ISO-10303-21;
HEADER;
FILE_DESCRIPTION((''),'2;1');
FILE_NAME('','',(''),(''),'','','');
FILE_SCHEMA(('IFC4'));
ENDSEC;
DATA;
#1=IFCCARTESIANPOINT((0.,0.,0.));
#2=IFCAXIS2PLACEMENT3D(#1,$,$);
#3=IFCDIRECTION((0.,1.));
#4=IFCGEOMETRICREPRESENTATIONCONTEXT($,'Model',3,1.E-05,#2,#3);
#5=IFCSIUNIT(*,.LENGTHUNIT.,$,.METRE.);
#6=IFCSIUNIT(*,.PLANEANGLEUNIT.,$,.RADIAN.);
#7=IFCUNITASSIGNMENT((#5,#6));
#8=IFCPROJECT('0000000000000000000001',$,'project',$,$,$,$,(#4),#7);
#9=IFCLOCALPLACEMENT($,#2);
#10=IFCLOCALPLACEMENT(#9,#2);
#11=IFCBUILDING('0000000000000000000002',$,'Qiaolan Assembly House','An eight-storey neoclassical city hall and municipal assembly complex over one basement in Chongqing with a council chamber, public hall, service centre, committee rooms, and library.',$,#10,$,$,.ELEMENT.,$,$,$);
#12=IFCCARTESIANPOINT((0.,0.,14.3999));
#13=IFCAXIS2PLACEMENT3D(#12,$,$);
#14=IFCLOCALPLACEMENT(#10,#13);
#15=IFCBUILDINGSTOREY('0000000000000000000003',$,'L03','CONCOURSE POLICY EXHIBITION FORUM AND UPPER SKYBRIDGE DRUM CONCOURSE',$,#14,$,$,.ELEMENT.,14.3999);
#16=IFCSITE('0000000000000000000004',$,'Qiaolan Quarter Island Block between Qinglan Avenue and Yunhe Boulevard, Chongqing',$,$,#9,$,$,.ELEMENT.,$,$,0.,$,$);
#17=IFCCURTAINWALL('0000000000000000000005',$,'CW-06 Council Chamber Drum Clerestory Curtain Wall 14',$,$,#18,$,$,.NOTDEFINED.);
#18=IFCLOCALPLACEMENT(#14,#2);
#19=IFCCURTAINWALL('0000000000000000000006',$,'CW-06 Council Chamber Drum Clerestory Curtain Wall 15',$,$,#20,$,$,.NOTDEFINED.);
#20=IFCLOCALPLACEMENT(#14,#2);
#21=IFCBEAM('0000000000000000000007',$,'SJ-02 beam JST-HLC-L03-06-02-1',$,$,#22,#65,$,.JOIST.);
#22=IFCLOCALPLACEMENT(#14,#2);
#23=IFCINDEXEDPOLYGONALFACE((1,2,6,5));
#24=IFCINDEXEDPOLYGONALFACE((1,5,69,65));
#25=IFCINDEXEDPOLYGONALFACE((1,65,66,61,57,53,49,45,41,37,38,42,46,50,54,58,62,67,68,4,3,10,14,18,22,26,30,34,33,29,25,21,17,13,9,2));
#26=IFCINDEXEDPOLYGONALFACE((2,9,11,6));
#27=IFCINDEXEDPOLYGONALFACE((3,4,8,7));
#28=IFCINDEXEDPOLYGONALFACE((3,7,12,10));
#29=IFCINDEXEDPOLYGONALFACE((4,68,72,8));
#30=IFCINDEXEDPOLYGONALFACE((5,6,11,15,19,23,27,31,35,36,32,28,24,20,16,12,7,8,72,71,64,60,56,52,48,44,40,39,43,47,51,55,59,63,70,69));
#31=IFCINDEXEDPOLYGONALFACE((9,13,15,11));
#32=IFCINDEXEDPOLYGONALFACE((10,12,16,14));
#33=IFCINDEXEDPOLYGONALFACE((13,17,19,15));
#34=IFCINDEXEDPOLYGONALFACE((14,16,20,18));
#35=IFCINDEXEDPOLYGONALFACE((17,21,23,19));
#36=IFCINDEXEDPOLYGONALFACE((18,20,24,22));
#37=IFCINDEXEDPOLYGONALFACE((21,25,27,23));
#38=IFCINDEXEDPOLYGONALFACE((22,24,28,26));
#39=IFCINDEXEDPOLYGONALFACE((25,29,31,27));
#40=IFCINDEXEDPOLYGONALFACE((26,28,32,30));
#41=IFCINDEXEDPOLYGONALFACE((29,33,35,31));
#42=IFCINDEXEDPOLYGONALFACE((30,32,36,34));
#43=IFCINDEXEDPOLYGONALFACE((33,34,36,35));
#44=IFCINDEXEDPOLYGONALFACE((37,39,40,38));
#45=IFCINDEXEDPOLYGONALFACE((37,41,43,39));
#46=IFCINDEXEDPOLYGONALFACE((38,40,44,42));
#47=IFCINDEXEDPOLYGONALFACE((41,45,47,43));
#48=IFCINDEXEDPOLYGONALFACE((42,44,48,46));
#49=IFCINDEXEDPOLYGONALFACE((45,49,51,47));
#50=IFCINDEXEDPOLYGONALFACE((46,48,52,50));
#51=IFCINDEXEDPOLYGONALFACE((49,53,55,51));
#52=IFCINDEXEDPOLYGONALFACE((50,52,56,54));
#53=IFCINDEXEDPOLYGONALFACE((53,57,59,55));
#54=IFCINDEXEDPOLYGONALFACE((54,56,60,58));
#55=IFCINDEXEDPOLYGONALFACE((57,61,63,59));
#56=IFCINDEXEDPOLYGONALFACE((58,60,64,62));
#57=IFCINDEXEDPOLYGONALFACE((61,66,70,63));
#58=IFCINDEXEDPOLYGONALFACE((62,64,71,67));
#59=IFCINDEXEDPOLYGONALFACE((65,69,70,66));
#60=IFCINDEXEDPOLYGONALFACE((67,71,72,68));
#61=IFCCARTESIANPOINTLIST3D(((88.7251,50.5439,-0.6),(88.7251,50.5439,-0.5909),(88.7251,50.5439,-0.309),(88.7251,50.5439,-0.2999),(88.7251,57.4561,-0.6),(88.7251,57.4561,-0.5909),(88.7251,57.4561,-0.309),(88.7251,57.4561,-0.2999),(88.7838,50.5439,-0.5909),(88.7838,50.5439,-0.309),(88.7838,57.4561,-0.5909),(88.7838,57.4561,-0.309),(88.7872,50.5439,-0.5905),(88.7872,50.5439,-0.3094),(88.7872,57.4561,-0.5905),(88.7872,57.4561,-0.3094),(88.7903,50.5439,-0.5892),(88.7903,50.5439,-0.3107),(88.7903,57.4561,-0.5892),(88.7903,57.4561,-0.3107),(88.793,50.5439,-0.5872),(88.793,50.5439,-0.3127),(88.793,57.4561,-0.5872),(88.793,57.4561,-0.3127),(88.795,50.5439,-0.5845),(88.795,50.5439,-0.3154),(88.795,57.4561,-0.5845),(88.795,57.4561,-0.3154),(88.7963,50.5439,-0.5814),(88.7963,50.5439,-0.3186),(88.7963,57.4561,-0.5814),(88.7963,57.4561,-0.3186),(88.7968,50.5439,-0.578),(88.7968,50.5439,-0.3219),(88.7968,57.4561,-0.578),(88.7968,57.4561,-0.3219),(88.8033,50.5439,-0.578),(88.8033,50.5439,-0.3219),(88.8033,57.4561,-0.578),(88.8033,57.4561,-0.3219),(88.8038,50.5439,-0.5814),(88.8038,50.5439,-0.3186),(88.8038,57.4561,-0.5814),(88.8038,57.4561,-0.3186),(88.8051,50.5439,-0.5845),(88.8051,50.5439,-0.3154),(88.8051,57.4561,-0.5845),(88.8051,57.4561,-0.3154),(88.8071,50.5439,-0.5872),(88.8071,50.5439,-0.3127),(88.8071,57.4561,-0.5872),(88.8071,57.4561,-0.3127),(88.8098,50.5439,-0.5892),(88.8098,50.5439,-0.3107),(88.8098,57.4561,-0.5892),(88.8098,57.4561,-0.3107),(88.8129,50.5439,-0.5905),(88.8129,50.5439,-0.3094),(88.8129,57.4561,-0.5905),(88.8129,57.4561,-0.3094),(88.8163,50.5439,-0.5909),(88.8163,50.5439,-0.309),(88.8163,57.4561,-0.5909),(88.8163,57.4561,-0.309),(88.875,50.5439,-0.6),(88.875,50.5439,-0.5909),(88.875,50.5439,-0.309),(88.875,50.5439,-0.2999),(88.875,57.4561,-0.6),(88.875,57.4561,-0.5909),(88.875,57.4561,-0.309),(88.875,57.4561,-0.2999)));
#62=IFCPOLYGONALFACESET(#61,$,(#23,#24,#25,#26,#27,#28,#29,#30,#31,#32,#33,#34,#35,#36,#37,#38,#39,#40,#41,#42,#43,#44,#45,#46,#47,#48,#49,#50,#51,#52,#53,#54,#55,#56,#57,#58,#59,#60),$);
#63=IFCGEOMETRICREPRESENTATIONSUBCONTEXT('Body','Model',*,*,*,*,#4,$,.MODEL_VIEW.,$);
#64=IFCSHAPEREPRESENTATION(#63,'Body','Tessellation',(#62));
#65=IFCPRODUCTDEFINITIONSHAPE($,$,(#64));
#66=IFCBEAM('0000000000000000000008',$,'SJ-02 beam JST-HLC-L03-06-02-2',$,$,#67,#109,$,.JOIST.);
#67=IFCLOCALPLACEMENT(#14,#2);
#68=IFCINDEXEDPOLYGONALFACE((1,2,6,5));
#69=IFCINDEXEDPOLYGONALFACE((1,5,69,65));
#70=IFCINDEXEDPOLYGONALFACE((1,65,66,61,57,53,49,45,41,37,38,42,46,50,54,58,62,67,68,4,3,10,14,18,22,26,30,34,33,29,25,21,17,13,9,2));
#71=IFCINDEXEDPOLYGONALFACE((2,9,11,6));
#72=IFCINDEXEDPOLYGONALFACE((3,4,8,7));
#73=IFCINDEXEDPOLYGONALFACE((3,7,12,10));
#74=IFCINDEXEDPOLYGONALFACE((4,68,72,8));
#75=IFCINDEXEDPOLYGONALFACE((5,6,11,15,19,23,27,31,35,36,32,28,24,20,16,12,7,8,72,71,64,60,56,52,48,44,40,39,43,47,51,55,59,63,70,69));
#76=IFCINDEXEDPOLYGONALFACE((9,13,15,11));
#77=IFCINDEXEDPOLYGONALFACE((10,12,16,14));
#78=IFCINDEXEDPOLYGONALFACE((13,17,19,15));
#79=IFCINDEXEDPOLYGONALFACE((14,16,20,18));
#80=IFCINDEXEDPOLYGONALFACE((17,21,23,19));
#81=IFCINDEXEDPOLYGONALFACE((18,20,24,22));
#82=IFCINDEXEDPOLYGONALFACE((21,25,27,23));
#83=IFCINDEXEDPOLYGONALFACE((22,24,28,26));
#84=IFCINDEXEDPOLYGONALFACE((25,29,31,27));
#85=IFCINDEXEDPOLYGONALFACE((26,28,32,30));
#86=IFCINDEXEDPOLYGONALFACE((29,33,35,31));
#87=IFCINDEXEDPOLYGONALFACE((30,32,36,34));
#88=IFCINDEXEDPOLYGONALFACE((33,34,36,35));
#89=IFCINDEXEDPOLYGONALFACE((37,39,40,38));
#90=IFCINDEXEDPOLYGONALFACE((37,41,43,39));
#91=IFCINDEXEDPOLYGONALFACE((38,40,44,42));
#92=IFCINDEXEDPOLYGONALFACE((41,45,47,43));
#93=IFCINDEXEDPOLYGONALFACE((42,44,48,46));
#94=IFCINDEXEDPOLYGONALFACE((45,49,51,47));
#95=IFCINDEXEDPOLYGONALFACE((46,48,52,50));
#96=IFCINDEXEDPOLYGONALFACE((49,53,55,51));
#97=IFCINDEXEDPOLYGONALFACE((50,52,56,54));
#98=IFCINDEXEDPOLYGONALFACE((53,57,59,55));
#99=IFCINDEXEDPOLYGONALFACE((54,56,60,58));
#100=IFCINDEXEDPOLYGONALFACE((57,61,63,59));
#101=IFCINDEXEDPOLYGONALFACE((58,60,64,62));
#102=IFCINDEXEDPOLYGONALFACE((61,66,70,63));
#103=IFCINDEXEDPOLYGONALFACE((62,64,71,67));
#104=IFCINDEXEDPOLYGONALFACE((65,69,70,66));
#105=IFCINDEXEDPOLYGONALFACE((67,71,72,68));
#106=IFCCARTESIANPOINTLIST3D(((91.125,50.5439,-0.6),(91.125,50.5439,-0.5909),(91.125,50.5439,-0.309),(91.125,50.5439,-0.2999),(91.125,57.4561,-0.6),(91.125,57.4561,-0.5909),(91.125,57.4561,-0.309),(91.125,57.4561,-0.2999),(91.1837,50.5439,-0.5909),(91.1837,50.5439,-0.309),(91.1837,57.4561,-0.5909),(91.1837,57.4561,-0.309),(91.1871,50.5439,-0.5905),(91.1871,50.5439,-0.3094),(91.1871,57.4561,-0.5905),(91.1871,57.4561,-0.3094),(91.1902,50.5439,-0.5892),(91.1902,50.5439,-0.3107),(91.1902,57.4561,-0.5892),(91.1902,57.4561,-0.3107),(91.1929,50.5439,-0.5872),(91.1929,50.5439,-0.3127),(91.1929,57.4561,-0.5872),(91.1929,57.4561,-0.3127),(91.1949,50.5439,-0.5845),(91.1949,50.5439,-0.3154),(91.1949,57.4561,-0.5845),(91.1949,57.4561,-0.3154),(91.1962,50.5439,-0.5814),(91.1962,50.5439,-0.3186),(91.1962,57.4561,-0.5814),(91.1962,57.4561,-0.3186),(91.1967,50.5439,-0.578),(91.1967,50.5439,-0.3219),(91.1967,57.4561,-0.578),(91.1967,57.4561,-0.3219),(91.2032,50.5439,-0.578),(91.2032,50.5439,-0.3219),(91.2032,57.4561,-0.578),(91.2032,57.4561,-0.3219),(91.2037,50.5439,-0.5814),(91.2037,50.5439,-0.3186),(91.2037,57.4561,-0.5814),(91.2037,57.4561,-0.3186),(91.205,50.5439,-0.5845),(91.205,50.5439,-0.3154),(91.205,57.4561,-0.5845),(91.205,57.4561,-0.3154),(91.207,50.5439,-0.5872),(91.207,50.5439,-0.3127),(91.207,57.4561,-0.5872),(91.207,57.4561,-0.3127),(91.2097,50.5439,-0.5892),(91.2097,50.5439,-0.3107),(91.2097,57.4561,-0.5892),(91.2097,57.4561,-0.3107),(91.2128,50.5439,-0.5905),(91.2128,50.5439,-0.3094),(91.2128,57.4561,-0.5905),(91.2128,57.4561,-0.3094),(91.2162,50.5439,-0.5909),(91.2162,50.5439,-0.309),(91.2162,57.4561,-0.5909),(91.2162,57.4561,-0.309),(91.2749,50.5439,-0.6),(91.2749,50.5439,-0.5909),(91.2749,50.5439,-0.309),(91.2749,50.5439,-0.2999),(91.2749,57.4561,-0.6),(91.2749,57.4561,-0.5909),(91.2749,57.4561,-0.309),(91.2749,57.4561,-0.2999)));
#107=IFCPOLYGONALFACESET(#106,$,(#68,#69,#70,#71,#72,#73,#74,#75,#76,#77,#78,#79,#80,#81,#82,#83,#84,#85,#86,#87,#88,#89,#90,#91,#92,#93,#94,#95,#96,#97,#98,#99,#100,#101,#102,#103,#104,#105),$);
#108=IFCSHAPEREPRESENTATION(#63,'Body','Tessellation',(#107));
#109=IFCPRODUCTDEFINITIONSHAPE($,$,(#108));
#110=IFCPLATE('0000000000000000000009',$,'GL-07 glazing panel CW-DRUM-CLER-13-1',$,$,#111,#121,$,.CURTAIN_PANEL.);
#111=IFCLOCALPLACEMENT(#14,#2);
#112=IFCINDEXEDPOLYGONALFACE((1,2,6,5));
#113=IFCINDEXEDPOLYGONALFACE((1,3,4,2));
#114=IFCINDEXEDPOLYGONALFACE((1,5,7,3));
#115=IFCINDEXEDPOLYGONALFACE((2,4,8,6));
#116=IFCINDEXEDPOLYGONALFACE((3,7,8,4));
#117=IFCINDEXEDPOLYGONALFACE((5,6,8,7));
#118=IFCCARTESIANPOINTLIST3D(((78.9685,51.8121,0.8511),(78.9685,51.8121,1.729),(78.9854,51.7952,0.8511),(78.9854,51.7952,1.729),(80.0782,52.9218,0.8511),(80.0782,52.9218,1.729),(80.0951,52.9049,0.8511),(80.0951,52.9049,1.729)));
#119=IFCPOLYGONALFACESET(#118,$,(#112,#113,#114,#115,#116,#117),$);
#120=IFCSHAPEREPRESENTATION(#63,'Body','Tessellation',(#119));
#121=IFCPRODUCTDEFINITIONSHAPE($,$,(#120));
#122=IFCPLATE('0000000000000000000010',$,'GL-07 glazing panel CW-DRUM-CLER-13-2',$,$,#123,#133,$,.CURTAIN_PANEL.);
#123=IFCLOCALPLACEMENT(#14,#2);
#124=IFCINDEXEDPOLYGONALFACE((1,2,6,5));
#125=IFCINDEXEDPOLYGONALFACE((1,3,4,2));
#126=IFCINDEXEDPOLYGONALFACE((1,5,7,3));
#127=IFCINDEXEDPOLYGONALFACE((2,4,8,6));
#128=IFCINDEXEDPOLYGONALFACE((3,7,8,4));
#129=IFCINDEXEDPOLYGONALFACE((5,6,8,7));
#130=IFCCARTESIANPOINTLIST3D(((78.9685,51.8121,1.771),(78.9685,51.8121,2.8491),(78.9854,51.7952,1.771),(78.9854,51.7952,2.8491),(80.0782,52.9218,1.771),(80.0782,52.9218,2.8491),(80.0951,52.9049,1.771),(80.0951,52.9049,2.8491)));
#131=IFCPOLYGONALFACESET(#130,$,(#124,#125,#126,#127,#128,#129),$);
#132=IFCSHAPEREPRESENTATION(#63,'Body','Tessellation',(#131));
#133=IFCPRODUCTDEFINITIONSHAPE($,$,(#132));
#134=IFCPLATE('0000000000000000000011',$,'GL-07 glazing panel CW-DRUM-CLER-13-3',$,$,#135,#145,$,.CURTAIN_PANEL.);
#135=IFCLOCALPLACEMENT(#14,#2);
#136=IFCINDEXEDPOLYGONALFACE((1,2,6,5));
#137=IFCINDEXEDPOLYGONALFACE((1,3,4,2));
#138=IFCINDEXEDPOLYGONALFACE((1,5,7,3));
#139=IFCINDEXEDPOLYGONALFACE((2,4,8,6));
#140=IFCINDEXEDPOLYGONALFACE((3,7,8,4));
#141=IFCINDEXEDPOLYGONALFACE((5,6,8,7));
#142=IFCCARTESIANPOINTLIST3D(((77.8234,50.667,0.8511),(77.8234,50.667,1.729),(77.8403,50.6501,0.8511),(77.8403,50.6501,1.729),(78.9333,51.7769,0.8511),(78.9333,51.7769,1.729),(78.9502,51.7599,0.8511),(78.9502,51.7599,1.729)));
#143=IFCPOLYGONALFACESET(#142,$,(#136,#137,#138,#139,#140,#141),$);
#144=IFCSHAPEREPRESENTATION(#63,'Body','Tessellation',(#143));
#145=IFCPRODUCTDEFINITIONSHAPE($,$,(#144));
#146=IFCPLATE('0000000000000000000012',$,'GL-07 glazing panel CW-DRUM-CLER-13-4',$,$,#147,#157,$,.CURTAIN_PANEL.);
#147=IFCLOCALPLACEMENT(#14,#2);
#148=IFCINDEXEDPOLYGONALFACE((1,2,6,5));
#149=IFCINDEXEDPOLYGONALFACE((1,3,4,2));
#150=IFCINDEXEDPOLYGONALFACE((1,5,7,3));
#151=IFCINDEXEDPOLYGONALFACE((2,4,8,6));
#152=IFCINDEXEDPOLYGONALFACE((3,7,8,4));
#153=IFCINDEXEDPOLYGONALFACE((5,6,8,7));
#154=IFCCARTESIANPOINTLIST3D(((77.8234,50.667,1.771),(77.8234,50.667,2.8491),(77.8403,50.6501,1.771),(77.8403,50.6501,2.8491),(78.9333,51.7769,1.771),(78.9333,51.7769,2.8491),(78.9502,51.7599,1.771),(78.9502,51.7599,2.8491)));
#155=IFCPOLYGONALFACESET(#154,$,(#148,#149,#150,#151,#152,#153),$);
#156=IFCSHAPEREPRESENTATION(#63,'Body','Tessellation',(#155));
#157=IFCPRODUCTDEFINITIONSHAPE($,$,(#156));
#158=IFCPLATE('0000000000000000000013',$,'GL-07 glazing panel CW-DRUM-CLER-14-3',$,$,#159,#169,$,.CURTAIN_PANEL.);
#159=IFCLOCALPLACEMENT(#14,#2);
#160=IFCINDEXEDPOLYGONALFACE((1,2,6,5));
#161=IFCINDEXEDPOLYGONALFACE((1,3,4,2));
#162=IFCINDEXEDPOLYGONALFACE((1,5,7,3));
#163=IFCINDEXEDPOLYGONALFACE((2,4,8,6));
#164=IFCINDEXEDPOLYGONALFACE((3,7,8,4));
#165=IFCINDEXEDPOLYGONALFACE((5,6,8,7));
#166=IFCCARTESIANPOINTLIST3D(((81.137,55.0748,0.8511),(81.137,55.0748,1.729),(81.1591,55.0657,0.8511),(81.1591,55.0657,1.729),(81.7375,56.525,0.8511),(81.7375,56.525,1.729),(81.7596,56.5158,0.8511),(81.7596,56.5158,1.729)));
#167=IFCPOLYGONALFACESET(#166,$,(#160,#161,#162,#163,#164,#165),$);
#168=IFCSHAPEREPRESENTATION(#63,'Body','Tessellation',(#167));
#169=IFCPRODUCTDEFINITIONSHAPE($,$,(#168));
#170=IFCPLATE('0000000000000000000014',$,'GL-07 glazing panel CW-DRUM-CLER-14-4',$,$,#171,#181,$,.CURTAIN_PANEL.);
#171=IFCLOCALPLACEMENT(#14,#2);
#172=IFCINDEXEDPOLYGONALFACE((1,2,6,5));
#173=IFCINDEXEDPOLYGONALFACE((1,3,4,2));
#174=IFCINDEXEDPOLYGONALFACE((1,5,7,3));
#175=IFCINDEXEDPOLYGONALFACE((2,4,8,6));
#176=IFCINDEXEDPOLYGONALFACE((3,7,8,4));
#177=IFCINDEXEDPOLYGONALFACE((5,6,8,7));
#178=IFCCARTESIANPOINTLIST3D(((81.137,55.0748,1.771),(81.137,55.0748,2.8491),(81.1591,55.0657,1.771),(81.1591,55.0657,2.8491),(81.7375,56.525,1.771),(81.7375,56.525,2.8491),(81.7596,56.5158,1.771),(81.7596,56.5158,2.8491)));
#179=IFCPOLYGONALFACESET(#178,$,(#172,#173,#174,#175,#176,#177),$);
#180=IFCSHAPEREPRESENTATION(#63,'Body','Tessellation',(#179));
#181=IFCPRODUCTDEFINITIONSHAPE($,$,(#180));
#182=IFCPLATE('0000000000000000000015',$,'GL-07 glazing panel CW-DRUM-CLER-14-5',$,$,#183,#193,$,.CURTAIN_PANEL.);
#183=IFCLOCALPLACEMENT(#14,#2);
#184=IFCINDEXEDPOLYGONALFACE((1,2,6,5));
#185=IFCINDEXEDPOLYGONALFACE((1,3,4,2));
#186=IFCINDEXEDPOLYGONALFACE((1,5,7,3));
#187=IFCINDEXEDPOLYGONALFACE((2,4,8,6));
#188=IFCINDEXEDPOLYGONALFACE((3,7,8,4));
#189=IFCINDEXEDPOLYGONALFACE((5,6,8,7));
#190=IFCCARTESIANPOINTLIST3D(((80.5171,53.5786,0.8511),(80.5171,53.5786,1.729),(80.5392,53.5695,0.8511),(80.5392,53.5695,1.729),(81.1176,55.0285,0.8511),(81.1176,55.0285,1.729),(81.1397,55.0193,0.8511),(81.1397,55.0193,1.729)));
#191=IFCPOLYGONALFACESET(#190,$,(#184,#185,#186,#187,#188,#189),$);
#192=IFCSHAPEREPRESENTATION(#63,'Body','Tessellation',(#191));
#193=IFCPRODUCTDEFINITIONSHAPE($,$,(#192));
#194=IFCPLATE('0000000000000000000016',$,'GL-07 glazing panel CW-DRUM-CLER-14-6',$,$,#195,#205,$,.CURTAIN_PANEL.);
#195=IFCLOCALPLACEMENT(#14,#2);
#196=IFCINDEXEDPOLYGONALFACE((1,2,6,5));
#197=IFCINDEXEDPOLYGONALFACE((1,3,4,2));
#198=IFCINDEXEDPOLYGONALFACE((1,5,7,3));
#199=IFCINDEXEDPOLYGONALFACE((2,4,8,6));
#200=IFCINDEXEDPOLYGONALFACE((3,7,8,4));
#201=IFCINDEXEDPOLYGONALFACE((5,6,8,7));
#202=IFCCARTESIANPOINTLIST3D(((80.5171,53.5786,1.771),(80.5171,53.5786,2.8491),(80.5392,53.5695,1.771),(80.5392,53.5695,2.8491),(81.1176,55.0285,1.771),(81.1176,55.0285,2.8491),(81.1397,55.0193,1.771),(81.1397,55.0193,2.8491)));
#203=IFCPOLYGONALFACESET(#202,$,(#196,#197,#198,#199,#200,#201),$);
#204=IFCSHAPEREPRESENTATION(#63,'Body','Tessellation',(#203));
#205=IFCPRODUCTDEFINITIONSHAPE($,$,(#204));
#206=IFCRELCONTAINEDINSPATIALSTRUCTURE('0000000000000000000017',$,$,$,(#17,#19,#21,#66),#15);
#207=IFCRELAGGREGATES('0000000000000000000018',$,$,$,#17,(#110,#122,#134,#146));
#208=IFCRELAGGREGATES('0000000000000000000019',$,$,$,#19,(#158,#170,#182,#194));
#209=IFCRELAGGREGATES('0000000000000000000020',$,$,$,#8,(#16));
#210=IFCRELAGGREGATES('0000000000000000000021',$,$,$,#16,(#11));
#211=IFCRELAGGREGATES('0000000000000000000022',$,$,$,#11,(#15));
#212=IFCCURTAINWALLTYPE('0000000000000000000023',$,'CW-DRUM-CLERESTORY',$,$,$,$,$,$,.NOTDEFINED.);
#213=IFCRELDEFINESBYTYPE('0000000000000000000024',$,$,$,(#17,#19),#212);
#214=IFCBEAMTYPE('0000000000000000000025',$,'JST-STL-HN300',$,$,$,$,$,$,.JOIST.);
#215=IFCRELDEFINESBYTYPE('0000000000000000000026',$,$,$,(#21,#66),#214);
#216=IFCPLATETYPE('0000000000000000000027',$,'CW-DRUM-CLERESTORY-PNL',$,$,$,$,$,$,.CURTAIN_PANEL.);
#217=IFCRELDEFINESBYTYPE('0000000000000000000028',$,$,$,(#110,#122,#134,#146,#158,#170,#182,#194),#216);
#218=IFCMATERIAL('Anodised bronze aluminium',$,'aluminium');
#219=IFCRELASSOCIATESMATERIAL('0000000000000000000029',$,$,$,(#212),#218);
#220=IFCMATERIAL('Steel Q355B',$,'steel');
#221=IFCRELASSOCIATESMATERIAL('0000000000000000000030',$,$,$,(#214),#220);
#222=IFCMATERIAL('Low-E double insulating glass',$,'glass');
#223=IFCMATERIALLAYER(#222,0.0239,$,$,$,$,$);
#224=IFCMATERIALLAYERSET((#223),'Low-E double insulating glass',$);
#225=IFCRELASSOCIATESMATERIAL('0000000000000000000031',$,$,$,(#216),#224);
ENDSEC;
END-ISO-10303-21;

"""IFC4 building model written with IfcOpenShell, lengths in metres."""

from ifc_helpers import new_model, si_unit, direction, frame, frame_2d, origin, origin_2d, place, context, subcontext, project, spatial, rectangle, i_section, extrude, material, layer, layer_set, material_profile, profile_set, type_object, element, aggregate, save


model = new_model("IFC4")

# Units and contexts
model_context = context("Model", 3, precision=1e-05, world=origin(), true_north=direction((0.0, 1.0)))
body_context = subcontext(model_context, "Body", "Model", "MODEL_VIEW")
ifc_project = project(units=[si_unit("LENGTHUNIT", "METRE"), si_unit("PLANEANGLEUNIT", "RADIAN")], contexts=[model_context])

# Site, building, storey
site_placement = place(None, origin())
site = spatial("IfcSite", under=ifc_project, at=site_placement, Name="Qiaolan Quarter Island Block between Qinglan Avenue and Yunhe Boulevard, Chongqing", CompositionType="ELEMENT", RefElevation=0.0)
building_placement = place(site_placement, origin())
building = spatial("IfcBuilding", under=site, at=building_placement, Name="Qiaolan Assembly House", Description="An eight-storey neoclassical city hall and municipal assembly complex over one basement in Chongqing with a council chamber, public hall, service centre, committee rooms, and library.", CompositionType="ELEMENT")
storey_placement = place(building_placement, frame((0.0, 0.0, 14.3999)))
storey = spatial("IfcBuildingStorey", under=building, at=storey_placement, Name="L03", Description="CONCOURSE POLICY EXHIBITION FORUM AND UPPER SKYBRIDGE DRUM CONCOURSE", CompositionType="ELEMENT", Elevation=14.3999)

# Shared definitions
ifc_material_1 = material(Name="Steel Q355B", Category="steel")

# Curtain walls
ifc_material_2 = material(Name="Anodised bronze aluminium", Category="aluminium")
curtain_wall_type = type_object("IfcCurtainWallType", Name="CW-DRUM-CLERESTORY", PredefinedType="NOTDEFINED", material=ifc_material_2)
curtain_wall_1_placement = place(storey_placement, origin())
curtain_wall_1 = element("IfcCurtainWall", 1, at=curtain_wall_1_placement, inside=storey, type_object=curtain_wall_type, Name="CW-06 Council Chamber Drum Clerestory Curtain Wall 14", PredefinedType="NOTDEFINED")
curtain_wall_2_placement = place(storey_placement, origin())
curtain_wall_2 = element("IfcCurtainWall", 2, at=curtain_wall_2_placement, inside=storey, type_object=curtain_wall_type, Name="CW-06 Council Chamber Drum Clerestory Curtain Wall 15", PredefinedType="NOTDEFINED")

# Beams
ifc_material_profile_1 = material_profile(ifc_material_1, i_section(OverallWidth=0.1499, OverallDepth=0.3, WebThickness=0.0066, FlangeThickness=0.009, FilletRadius=0.0129, at=origin_2d()), Name="HN 300x150x6.5x9")
ifc_profile_set_1 = profile_set([ifc_material_profile_1], Name="Steel Q355B")
beam_type_1 = type_object("IfcBeamType", Name="JST-STL-HN300", PredefinedType="JOIST", material=ifc_profile_set_1)
for number, where, z_axis, x_axis, name in (
    (3, (88.8, 50.5439, -0.45), (0.0, 1.0, 0.0), (-1.0, 0.0, 0.0), "SJ-02 beam JST-HLC-L03-06-02-1"),
    (4, (91.2, 50.5439, -0.45), (0.0, 1.0, 0.0), (-1.0, 0.0, 0.0), "SJ-02 beam JST-HLC-L03-06-02-2"),
):
    element("IfcBeam", number, at=place(storey_placement, frame(where, z_axis=z_axis, x_axis=x_axis)), inside=storey, type_object=beam_type_1, Name=name, PredefinedType="JOIST", context=body_context, shape_type="SweptSolid", body=[
        extrude(i_section(OverallWidth=0.1499, OverallDepth=0.3, WebThickness=0.0066, FlangeThickness=0.009, FilletRadius=0.0129, at=origin_2d()), origin(), (0.0, 0.0, 1.0), 6.9121),
    ])

# Plates
ifc_material_3 = material(Name="Low-E double insulating glass", Category="glass")
ifc_layer_1 = layer(ifc_material_3, 0.0239)
ifc_layer_set_1 = layer_set([ifc_layer_1], Name="Low-E double insulating glass")
plate_type_1 = type_object("IfcPlateType", Name="CW-DRUM-CLERESTORY-PNL", PredefinedType="CURTAIN_PANEL", material=ifc_layer_set_1)
plate_1_placement = place(storey_placement, frame((80.0867, 52.9133, 0.8511), z_axis=(0.0, 0.0, 1.0), x_axis=(-0.707107, -0.707107, 0.0)))
plate_1 = element("IfcPlate", 5, at=plate_1_placement, type_object=plate_type_1, Name="GL-07 glazing panel CW-DRUM-CLER-13-1", PredefinedType="CURTAIN_PANEL", context=body_context, shape_type="SweptSolid", body=[
    extrude(rectangle(XDim=1.5693, YDim=0.0239, at=frame_2d((0.7847, 0.0))), origin(), (0.0, 0.0, 1.0), 0.8779),
])
plate_2_placement = place(storey_placement, frame((80.0867, 52.9133, 1.771), z_axis=(0.0, 0.0, 1.0), x_axis=(-0.707107, -0.707107, 0.0)))
plate_2 = element("IfcPlate", 6, at=plate_2_placement, type_object=plate_type_1, Name="GL-07 glazing panel CW-DRUM-CLER-13-2", PredefinedType="CURTAIN_PANEL", context=body_context, shape_type="SweptSolid", body=[
    extrude(rectangle(XDim=1.5693, YDim=0.0239, at=frame_2d((0.7847, 0.0))), origin(), (0.0, 0.0, 1.0), 1.0781),
])
plate_3_placement = place(storey_placement, frame((78.9417, 51.7683, 0.8511), z_axis=(0.0, 0.0, 1.0), x_axis=(-0.707107, -0.707107, 0.0)))
plate_3 = element("IfcPlate", 7, at=plate_3_placement, type_object=plate_type_1, Name="GL-07 glazing panel CW-DRUM-CLER-13-3", PredefinedType="CURTAIN_PANEL", context=body_context, shape_type="SweptSolid", body=[
    extrude(rectangle(XDim=1.5696, YDim=0.0239, at=frame_2d((0.7847, 0.0))), origin(), (0.0, 0.0, 1.0), 0.8779),
])
plate_4_placement = place(storey_placement, frame((78.9417, 51.7683, 1.771), z_axis=(0.0, 0.0, 1.0), x_axis=(-0.707107, -0.707107, 0.0)))
plate_4 = element("IfcPlate", 8, at=plate_4_placement, type_object=plate_type_1, Name="GL-07 glazing panel CW-DRUM-CLER-13-4", PredefinedType="CURTAIN_PANEL", context=body_context, shape_type="SweptSolid", body=[
    extrude(rectangle(XDim=1.5696, YDim=0.0239, at=frame_2d((0.7847, 0.0))), origin(), (0.0, 0.0, 1.0), 1.0781),
])
aggregate(curtain_wall_1, [plate_1, plate_2, plate_3, plate_4])
plate_5_placement = place(storey_placement, frame((81.7485, 56.5203, 0.8511), z_axis=(0.0, 0.0, 1.0), x_axis=(-0.382627, -0.923903, 0.0)))
plate_5 = element("IfcPlate", 9, at=plate_5_placement, type_object=plate_type_1, Name="GL-07 glazing panel CW-DRUM-CLER-14-3", PredefinedType="CURTAIN_PANEL", context=body_context, shape_type="SweptSolid", body=[
    extrude(rectangle(XDim=1.5696, YDim=0.0239, at=frame_2d((0.7847, 0.0))), origin(), (0.0, 0.0, 1.0), 0.8779),
])
plate_6_placement = place(storey_placement, frame((81.7485, 56.5203, 1.771), z_axis=(0.0, 0.0, 1.0), x_axis=(-0.382627, -0.923903, 0.0)))
plate_6 = element("IfcPlate", 10, at=plate_6_placement, type_object=plate_type_1, Name="GL-07 glazing panel CW-DRUM-CLER-14-4", PredefinedType="CURTAIN_PANEL", context=body_context, shape_type="SweptSolid", body=[
    extrude(rectangle(XDim=1.5696, YDim=0.0239, at=frame_2d((0.7847, 0.0))), origin(), (0.0, 0.0, 1.0), 1.0781),
])
plate_7_placement = place(storey_placement, frame((81.1287, 55.0239, 0.8511), z_axis=(0.0, 0.0, 1.0), x_axis=(-0.382682, -0.92388, 0.0)))
plate_7 = element("IfcPlate", 11, at=plate_7_placement, type_object=plate_type_1, Name="GL-07 glazing panel CW-DRUM-CLER-14-5", PredefinedType="CURTAIN_PANEL", context=body_context, shape_type="SweptSolid", body=[
    extrude(rectangle(XDim=1.5693, YDim=0.0239, at=frame_2d((0.7847, 0.0))), origin(), (0.0, 0.0, 1.0), 0.8779),
])
plate_8_placement = place(storey_placement, frame((81.1287, 55.0239, 1.771), z_axis=(0.0, 0.0, 1.0), x_axis=(-0.382682, -0.92388, 0.0)))
plate_8 = element("IfcPlate", 12, at=plate_8_placement, type_object=plate_type_1, Name="GL-07 glazing panel CW-DRUM-CLER-14-6", PredefinedType="CURTAIN_PANEL", context=body_context, shape_type="SweptSolid", body=[
    extrude(rectangle(XDim=1.5693, YDim=0.0239, at=frame_2d((0.7847, 0.0))), origin(), (0.0, 0.0, 1.0), 1.0781),
])
aggregate(curtain_wall_2, [plate_5, plate_6, plate_7, plate_8])

save(model, "model.ifc")
